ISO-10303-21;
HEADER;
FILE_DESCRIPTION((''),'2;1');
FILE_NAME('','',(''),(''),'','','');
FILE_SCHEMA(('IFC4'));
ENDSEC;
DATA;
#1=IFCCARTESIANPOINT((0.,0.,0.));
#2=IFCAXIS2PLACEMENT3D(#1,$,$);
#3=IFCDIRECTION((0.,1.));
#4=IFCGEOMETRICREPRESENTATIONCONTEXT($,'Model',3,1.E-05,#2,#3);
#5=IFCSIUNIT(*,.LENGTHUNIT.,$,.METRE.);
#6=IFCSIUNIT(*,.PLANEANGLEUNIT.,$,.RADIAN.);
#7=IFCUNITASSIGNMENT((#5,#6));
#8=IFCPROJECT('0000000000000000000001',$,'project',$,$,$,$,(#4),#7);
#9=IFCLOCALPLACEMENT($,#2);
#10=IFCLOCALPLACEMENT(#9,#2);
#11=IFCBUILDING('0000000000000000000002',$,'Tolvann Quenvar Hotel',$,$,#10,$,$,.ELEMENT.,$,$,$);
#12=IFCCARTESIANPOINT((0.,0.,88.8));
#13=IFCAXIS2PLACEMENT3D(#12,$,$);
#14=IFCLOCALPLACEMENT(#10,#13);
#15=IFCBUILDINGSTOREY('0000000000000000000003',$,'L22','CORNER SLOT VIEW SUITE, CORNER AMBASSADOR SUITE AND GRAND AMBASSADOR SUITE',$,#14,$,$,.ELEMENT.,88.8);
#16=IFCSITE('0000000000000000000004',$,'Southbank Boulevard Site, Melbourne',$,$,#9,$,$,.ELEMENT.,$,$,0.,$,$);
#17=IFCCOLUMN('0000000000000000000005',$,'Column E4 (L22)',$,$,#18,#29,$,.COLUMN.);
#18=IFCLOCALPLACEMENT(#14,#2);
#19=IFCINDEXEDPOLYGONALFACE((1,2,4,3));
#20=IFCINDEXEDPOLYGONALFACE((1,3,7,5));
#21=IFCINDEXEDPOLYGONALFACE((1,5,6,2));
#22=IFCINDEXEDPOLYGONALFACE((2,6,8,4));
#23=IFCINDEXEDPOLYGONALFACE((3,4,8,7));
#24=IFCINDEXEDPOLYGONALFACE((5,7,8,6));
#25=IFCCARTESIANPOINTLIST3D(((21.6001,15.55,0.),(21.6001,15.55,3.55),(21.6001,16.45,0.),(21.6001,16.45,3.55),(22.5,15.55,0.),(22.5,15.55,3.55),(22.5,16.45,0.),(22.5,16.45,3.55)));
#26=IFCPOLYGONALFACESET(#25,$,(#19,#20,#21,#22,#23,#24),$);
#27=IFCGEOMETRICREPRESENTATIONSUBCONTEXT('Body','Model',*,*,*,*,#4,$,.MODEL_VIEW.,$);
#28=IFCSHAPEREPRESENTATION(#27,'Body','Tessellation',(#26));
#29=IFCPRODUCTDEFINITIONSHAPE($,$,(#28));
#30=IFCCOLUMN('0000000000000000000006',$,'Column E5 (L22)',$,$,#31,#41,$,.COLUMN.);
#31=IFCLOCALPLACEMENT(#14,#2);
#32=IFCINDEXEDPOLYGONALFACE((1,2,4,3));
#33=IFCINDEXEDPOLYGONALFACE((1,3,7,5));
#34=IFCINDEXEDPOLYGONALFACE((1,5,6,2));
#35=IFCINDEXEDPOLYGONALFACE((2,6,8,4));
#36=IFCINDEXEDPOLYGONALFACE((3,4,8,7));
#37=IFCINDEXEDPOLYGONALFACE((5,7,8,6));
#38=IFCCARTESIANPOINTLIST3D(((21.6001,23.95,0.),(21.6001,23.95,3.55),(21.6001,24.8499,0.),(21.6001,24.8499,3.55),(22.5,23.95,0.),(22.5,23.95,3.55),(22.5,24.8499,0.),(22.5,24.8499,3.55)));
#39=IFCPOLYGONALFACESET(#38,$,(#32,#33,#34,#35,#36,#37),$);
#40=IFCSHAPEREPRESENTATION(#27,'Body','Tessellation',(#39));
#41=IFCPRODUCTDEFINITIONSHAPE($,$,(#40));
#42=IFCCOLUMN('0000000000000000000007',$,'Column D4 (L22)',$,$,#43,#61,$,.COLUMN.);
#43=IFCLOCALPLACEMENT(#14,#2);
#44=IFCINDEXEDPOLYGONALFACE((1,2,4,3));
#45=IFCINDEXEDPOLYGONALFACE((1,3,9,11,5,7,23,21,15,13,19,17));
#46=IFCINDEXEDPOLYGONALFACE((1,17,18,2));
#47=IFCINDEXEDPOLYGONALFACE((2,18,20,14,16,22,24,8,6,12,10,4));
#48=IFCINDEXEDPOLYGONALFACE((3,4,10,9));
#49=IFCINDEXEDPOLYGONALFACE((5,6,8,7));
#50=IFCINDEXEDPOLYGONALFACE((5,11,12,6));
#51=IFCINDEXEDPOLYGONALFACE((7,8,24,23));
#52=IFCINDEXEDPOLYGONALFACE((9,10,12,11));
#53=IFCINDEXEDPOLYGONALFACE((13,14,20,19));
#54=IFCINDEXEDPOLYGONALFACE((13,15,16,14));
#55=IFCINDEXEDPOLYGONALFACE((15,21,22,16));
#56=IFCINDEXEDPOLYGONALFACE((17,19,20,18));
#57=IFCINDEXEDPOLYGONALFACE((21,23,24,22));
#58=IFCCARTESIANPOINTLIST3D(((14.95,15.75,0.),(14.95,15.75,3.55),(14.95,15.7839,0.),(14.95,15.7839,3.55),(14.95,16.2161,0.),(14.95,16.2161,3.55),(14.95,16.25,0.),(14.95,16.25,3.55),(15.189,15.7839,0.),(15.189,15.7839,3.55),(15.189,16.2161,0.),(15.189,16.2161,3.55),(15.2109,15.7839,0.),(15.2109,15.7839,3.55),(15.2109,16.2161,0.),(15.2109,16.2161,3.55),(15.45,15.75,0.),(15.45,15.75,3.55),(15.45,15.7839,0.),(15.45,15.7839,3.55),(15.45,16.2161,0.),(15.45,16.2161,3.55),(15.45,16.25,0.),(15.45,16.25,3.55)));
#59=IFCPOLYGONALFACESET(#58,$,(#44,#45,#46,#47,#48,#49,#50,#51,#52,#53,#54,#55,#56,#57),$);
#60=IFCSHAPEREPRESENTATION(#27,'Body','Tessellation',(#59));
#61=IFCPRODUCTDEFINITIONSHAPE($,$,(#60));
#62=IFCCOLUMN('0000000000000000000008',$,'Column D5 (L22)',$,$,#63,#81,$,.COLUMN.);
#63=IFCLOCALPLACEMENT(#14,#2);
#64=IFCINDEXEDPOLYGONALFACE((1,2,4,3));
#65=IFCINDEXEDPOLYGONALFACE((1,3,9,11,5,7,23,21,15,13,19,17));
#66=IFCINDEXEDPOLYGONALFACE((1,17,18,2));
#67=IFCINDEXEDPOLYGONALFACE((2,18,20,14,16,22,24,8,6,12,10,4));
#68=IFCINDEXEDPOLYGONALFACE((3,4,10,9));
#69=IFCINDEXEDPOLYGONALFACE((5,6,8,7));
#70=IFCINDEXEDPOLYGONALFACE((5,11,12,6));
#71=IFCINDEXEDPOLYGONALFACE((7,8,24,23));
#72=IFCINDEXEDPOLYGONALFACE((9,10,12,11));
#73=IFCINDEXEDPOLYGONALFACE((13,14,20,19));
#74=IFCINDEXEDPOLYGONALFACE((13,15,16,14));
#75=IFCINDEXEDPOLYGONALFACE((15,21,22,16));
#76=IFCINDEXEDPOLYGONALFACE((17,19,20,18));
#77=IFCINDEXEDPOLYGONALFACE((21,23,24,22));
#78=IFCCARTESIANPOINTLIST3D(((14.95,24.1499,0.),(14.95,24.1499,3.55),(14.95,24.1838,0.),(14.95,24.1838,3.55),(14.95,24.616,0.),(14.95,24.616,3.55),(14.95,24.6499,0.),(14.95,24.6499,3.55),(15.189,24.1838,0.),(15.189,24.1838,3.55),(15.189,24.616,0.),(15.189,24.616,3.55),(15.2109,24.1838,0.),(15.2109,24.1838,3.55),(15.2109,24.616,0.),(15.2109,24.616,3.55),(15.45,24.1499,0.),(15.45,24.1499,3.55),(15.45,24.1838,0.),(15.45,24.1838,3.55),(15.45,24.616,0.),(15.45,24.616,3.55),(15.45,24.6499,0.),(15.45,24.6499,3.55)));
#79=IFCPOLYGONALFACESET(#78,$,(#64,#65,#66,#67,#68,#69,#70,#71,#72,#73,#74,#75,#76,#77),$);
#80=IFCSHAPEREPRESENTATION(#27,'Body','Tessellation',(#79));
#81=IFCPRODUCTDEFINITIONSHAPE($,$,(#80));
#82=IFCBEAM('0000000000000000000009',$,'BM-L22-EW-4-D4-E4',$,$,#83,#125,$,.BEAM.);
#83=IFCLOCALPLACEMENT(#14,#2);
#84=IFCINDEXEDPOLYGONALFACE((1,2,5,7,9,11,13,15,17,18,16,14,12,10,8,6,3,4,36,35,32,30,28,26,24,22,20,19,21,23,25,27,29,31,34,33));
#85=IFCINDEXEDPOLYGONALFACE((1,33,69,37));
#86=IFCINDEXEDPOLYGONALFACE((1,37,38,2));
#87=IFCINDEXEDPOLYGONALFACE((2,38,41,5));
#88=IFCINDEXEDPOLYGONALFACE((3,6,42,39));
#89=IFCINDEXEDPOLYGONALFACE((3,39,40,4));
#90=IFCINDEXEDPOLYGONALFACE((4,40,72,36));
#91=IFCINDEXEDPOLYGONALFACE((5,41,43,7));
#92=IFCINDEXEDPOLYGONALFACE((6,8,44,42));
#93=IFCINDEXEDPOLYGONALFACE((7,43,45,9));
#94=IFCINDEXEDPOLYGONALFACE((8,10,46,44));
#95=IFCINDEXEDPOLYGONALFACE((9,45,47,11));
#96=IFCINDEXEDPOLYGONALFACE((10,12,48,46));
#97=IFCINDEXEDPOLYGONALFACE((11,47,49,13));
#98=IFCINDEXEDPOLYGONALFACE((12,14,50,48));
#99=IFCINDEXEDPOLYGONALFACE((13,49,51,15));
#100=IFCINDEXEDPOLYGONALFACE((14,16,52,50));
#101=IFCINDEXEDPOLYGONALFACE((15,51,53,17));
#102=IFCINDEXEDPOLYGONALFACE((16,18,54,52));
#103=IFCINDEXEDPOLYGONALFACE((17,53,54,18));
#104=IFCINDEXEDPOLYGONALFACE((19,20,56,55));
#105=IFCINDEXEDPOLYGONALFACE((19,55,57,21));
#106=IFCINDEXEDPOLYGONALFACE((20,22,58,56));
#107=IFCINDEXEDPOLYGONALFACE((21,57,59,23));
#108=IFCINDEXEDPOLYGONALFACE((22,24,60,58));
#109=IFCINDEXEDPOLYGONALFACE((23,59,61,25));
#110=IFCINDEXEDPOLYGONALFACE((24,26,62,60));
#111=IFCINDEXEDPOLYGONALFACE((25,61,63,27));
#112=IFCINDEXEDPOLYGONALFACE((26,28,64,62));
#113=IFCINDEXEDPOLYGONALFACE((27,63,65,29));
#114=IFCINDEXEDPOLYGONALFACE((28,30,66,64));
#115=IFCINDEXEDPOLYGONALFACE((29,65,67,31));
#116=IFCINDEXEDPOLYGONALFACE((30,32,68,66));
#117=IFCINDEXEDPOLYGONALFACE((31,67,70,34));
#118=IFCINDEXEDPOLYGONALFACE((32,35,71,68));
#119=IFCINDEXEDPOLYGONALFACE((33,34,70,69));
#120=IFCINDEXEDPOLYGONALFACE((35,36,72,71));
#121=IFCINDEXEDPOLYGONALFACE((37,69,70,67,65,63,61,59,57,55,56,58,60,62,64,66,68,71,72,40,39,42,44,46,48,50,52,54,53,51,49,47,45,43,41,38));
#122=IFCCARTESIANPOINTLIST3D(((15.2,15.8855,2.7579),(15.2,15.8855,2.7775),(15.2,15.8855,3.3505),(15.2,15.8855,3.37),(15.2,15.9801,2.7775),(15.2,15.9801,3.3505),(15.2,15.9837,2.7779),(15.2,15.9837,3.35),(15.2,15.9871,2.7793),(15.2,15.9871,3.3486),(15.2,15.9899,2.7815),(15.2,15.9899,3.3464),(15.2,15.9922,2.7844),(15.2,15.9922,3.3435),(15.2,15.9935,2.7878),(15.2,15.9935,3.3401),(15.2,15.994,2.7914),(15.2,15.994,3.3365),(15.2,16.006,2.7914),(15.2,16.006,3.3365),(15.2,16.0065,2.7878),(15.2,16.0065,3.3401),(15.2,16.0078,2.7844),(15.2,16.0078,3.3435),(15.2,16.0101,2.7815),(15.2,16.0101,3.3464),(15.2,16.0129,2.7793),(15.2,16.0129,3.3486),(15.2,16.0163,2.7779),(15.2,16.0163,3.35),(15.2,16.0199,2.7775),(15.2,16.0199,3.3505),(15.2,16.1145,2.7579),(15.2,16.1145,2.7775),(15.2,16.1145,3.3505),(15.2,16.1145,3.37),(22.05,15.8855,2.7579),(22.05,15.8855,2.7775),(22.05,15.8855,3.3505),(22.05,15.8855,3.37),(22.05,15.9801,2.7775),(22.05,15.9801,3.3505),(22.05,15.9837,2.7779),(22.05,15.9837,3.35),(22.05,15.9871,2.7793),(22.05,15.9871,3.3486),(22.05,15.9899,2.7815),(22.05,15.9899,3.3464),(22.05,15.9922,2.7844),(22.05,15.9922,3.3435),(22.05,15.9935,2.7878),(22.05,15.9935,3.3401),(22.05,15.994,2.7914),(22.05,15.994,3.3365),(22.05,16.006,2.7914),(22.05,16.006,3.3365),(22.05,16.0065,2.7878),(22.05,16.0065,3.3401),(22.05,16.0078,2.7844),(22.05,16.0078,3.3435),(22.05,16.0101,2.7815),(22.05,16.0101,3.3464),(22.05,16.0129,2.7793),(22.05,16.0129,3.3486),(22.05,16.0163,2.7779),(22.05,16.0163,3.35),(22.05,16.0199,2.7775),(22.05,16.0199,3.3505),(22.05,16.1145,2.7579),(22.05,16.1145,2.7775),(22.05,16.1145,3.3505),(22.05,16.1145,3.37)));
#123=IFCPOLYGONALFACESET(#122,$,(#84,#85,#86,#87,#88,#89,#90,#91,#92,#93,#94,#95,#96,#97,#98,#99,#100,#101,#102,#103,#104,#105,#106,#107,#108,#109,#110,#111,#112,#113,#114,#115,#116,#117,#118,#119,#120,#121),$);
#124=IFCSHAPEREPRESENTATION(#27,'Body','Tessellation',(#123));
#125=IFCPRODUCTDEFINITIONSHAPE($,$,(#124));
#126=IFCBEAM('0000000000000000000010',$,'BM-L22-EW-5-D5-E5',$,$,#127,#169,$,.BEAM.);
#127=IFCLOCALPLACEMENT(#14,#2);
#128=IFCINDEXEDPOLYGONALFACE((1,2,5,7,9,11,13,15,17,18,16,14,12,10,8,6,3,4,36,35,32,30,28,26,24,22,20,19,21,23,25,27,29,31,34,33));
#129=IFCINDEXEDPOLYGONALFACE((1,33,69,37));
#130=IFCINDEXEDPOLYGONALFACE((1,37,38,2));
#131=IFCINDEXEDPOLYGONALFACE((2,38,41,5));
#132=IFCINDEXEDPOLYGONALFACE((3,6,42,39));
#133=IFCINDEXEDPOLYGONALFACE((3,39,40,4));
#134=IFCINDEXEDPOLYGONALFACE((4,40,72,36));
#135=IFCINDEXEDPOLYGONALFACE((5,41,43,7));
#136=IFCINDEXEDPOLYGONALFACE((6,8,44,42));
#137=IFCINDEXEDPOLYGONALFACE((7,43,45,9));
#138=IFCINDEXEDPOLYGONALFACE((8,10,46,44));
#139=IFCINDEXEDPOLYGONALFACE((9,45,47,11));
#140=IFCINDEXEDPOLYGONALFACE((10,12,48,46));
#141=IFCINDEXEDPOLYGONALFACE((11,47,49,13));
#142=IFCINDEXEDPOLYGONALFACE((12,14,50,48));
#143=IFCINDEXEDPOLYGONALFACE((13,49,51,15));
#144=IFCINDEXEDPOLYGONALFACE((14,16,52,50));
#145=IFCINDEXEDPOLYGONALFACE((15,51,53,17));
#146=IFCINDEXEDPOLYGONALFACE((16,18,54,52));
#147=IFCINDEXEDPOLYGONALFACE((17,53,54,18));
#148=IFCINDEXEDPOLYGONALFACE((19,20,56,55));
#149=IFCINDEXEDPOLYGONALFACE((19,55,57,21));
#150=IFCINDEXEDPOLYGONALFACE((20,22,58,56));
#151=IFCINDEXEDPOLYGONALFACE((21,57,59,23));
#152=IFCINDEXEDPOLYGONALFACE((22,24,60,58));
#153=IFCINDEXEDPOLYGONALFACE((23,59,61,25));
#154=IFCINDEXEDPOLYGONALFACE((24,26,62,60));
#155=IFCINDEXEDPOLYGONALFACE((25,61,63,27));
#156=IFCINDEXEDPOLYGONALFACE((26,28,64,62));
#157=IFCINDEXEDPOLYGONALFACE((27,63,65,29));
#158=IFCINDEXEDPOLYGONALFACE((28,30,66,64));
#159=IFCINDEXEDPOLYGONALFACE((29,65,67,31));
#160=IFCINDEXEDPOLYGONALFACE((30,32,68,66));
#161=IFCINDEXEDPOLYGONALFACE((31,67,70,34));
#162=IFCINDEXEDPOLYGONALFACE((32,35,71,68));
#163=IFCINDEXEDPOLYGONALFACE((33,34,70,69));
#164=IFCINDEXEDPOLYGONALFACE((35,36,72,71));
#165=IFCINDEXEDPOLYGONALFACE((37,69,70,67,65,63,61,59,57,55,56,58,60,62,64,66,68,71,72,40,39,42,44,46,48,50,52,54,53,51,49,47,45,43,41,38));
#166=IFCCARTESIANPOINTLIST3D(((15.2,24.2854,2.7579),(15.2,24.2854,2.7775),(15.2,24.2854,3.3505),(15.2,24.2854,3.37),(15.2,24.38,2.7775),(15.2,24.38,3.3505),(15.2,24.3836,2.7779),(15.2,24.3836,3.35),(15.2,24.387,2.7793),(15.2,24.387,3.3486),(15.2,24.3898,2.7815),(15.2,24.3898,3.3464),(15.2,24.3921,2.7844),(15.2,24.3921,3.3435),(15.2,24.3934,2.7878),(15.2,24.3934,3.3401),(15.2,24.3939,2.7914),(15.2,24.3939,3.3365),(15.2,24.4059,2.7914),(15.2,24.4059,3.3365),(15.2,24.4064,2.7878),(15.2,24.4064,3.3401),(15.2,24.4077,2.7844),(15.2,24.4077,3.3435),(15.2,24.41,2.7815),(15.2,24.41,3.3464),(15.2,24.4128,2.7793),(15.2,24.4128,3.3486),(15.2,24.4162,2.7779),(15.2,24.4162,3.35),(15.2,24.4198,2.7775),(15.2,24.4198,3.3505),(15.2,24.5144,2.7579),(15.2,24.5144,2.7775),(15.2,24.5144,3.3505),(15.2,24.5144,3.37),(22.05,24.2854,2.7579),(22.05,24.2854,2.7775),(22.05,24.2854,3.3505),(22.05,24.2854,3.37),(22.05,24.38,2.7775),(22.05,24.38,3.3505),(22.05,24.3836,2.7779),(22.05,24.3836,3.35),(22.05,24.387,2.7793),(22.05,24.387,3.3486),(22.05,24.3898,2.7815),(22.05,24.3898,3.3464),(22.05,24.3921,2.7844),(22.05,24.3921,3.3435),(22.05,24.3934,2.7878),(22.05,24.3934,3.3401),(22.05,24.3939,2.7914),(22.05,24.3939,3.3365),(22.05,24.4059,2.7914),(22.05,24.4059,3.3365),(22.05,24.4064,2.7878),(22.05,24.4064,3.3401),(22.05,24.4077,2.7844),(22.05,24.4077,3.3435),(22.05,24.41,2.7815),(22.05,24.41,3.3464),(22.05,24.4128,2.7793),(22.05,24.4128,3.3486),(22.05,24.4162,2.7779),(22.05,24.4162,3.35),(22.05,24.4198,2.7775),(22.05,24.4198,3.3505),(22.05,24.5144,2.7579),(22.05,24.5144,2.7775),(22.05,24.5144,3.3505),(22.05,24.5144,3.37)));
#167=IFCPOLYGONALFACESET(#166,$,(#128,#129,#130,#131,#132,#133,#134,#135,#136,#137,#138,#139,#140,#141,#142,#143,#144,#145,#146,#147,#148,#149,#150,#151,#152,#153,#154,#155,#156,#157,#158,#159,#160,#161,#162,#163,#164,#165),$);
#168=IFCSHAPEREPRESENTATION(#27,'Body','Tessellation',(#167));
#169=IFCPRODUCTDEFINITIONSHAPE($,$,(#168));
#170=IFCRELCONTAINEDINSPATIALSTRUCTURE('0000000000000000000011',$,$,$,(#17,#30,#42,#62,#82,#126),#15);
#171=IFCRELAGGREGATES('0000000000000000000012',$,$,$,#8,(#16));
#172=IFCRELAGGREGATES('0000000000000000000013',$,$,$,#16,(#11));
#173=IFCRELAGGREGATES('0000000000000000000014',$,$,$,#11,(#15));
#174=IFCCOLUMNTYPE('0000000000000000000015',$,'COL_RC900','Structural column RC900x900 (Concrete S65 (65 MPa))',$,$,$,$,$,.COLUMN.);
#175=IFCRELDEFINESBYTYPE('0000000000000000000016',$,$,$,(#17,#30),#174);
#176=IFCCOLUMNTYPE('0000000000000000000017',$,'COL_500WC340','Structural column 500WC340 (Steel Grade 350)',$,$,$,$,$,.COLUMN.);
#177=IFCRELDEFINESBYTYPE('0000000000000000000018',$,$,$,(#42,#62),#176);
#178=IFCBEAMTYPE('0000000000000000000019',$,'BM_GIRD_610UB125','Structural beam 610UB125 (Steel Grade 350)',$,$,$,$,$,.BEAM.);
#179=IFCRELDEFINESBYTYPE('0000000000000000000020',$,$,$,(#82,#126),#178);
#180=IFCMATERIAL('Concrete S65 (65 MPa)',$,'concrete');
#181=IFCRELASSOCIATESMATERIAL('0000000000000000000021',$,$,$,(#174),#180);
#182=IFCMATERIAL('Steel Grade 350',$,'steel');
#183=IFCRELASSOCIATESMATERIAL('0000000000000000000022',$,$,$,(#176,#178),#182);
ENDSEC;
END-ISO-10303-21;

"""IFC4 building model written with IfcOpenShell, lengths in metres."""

from ifc_helpers import new_model, si_unit, direction, frame, origin, origin_2d, place, context, subcontext, project, spatial, rectangle, i_section, extrude, source, transform, mapped, material, material_profile, profile_set, type_object, type_shapes, element, save


model = new_model("IFC4")

# Units and contexts
model_context = context("Model", 3, precision=1e-05, world=origin(), true_north=direction((0.0, 1.0)))
body_context = subcontext(model_context, "Body", "Model", "MODEL_VIEW")
ifc_project = project(units=[si_unit("LENGTHUNIT", "METRE"), si_unit("PLANEANGLEUNIT", "RADIAN")], contexts=[model_context])

# Site, building, storey
site_placement = place(None, origin())
site = spatial("IfcSite", under=ifc_project, at=site_placement, Name="Southbank Boulevard Site, Melbourne", CompositionType="ELEMENT", RefElevation=0.0)
building_placement = place(site_placement, origin())
building = spatial("IfcBuilding", under=site, at=building_placement, Name="Tolvann Quenvar Hotel", CompositionType="ELEMENT")
storey_placement = place(building_placement, frame((0.0, 0.0, 88.8)))
storey = spatial("IfcBuildingStorey", under=building, at=storey_placement, Name="L22", Description="CORNER SLOT VIEW SUITE, CORNER AMBASSADOR SUITE AND GRAND AMBASSADOR SUITE", CompositionType="ELEMENT", Elevation=88.8)

# Columns
ifc_material_1 = material(Name="Concrete S65 (65 MPa)", Category="concrete")
ifc_material_profile_1 = material_profile(ifc_material_1, rectangle(XDim=0.8999, YDim=0.8999, at=origin_2d()), Name="RC900x900")
ifc_profile_set_1 = profile_set([ifc_material_profile_1], Name="Concrete S65 (65 MPa)")
column_type_1 = type_object("IfcColumnType", Name="COL_RC900", Description="Structural column RC900x900 (Concrete S65 (65 MPa))", PredefinedType="COLUMN", material=ifc_profile_set_1)
shared_shape_1 = source(origin(), body_context, "Body", "SweptSolid", [
    extrude(rectangle(XDim=0.8999, YDim=0.8999, at=origin_2d()), origin(), (0.0, 0.0, 1.0), 3.55),
])
type_shapes(column_type_1, [shared_shape_1])
for number, where, z_axis, x_axis, name in (
    (1, (22.05, 16.0, 0.0), (0.0, 0.0, 1.0), (1.0, 0.0, 0.0), "Column E4 (L22)"),
    (2, (22.05, 24.3999, 0.0), (0.0, 0.0, 1.0), (1.0, 0.0, 0.0), "Column E5 (L22)"),
):
    element("IfcColumn", number, at=place(storey_placement, frame(where, z_axis=z_axis, x_axis=x_axis)), inside=storey, type_object=column_type_1, Name=name, PredefinedType="COLUMN", context=body_context, shape_type="MappedRepresentation", body=[
        mapped(shared_shape_1, transform((0.0, 0.0, 0.0), x_axis=(1.0, 0.0, 0.0), y_axis=(0.0, 1.0, 0.0), z_axis=(0.0, 0.0, 1.0), scale=1.0)),
    ])
ifc_material_2 = material(Name="Steel Grade 350", Category="steel")
ifc_material_profile_2 = material_profile(ifc_material_2, i_section(OverallWidth=0.5, OverallDepth=0.5, WebThickness=0.022, FlangeThickness=0.0339, at=origin_2d()), Name="500WC340")
ifc_profile_set_2 = profile_set([ifc_material_profile_2], Name="Steel Grade 350")
column_type_2 = type_object("IfcColumnType", Name="COL_500WC340", Description="Structural column 500WC340 (Steel Grade 350)", PredefinedType="COLUMN", material=ifc_profile_set_2)
shared_shape_2 = source(origin(), body_context, "Body", "SweptSolid", [
    extrude(i_section(OverallWidth=0.5, OverallDepth=0.5, WebThickness=0.022, FlangeThickness=0.0339, at=origin_2d()), origin(), (0.0, 0.0, 1.0), 3.55),
])
type_shapes(column_type_2, [shared_shape_2])
for number, where, z_axis, x_axis, name in (
    (3, (15.2, 16.0, 0.0), (0.0, 0.0, 1.0), (1.0, 0.0, 0.0), "Column D4 (L22)"),
    (4, (15.2, 24.3999, 0.0), (0.0, 0.0, 1.0), (1.0, 0.0, 0.0), "Column D5 (L22)"),
):
    element("IfcColumn", number, at=place(storey_placement, frame(where, z_axis=z_axis, x_axis=x_axis)), inside=storey, type_object=column_type_2, Name=name, PredefinedType="COLUMN", context=body_context, shape_type="MappedRepresentation", body=[
        mapped(shared_shape_2, transform((0.0, 0.0, 0.0), x_axis=(1.0, 0.0, 0.0), y_axis=(0.0, 1.0, 0.0), z_axis=(0.0, 0.0, 1.0), scale=1.0)),
    ])

# Beams
ifc_material_profile_3 = material_profile(ifc_material_2, i_section(OverallWidth=0.229, OverallDepth=0.6121, WebThickness=0.012, FlangeThickness=0.0195, FilletRadius=0.0139, at=origin_2d()), Name="610UB125")
ifc_profile_set_3 = profile_set([ifc_material_profile_3], Name="Steel Grade 350")
beam_type_1 = type_object("IfcBeamType", Name="BM_GIRD_610UB125", Description="Structural beam 610UB125 (Steel Grade 350)", PredefinedType="BEAM", material=ifc_profile_set_3)
shared_shape_3 = source(origin(), body_context, "Body", "SweptSolid", [
    extrude(i_section(OverallWidth=0.229, OverallDepth=0.6121, WebThickness=0.012, FlangeThickness=0.0195, FilletRadius=0.0139, at=origin_2d()), origin(), (0.0, 0.0, 1.0), 6.8501),
])
for number, where, z_axis, x_axis, name in (
    (5, (15.2, 16.0, 3.064), (1.0, 0.0, 0.0), (0.0, 1.0, 0.0), "BM-L22-EW-4-D4-E4"),
    (6, (15.2, 24.3999, 3.064), (1.0, 0.0, 0.0), (0.0, 1.0, 0.0), "BM-L22-EW-5-D5-E5"),
):
    element("IfcBeam", number, at=place(storey_placement, frame(where, z_axis=z_axis, x_axis=x_axis)), inside=storey, type_object=beam_type_1, Name=name, PredefinedType="BEAM", context=body_context, shape_type="MappedRepresentation", body=[
        mapped(shared_shape_3, transform((0.0, 0.0, 0.0), x_axis=(1.0, 0.0, 0.0), y_axis=(0.0, 1.0, 0.0), z_axis=(0.0, 0.0, 1.0), scale=1.0)),
    ])

save(model, "model.ifc")
